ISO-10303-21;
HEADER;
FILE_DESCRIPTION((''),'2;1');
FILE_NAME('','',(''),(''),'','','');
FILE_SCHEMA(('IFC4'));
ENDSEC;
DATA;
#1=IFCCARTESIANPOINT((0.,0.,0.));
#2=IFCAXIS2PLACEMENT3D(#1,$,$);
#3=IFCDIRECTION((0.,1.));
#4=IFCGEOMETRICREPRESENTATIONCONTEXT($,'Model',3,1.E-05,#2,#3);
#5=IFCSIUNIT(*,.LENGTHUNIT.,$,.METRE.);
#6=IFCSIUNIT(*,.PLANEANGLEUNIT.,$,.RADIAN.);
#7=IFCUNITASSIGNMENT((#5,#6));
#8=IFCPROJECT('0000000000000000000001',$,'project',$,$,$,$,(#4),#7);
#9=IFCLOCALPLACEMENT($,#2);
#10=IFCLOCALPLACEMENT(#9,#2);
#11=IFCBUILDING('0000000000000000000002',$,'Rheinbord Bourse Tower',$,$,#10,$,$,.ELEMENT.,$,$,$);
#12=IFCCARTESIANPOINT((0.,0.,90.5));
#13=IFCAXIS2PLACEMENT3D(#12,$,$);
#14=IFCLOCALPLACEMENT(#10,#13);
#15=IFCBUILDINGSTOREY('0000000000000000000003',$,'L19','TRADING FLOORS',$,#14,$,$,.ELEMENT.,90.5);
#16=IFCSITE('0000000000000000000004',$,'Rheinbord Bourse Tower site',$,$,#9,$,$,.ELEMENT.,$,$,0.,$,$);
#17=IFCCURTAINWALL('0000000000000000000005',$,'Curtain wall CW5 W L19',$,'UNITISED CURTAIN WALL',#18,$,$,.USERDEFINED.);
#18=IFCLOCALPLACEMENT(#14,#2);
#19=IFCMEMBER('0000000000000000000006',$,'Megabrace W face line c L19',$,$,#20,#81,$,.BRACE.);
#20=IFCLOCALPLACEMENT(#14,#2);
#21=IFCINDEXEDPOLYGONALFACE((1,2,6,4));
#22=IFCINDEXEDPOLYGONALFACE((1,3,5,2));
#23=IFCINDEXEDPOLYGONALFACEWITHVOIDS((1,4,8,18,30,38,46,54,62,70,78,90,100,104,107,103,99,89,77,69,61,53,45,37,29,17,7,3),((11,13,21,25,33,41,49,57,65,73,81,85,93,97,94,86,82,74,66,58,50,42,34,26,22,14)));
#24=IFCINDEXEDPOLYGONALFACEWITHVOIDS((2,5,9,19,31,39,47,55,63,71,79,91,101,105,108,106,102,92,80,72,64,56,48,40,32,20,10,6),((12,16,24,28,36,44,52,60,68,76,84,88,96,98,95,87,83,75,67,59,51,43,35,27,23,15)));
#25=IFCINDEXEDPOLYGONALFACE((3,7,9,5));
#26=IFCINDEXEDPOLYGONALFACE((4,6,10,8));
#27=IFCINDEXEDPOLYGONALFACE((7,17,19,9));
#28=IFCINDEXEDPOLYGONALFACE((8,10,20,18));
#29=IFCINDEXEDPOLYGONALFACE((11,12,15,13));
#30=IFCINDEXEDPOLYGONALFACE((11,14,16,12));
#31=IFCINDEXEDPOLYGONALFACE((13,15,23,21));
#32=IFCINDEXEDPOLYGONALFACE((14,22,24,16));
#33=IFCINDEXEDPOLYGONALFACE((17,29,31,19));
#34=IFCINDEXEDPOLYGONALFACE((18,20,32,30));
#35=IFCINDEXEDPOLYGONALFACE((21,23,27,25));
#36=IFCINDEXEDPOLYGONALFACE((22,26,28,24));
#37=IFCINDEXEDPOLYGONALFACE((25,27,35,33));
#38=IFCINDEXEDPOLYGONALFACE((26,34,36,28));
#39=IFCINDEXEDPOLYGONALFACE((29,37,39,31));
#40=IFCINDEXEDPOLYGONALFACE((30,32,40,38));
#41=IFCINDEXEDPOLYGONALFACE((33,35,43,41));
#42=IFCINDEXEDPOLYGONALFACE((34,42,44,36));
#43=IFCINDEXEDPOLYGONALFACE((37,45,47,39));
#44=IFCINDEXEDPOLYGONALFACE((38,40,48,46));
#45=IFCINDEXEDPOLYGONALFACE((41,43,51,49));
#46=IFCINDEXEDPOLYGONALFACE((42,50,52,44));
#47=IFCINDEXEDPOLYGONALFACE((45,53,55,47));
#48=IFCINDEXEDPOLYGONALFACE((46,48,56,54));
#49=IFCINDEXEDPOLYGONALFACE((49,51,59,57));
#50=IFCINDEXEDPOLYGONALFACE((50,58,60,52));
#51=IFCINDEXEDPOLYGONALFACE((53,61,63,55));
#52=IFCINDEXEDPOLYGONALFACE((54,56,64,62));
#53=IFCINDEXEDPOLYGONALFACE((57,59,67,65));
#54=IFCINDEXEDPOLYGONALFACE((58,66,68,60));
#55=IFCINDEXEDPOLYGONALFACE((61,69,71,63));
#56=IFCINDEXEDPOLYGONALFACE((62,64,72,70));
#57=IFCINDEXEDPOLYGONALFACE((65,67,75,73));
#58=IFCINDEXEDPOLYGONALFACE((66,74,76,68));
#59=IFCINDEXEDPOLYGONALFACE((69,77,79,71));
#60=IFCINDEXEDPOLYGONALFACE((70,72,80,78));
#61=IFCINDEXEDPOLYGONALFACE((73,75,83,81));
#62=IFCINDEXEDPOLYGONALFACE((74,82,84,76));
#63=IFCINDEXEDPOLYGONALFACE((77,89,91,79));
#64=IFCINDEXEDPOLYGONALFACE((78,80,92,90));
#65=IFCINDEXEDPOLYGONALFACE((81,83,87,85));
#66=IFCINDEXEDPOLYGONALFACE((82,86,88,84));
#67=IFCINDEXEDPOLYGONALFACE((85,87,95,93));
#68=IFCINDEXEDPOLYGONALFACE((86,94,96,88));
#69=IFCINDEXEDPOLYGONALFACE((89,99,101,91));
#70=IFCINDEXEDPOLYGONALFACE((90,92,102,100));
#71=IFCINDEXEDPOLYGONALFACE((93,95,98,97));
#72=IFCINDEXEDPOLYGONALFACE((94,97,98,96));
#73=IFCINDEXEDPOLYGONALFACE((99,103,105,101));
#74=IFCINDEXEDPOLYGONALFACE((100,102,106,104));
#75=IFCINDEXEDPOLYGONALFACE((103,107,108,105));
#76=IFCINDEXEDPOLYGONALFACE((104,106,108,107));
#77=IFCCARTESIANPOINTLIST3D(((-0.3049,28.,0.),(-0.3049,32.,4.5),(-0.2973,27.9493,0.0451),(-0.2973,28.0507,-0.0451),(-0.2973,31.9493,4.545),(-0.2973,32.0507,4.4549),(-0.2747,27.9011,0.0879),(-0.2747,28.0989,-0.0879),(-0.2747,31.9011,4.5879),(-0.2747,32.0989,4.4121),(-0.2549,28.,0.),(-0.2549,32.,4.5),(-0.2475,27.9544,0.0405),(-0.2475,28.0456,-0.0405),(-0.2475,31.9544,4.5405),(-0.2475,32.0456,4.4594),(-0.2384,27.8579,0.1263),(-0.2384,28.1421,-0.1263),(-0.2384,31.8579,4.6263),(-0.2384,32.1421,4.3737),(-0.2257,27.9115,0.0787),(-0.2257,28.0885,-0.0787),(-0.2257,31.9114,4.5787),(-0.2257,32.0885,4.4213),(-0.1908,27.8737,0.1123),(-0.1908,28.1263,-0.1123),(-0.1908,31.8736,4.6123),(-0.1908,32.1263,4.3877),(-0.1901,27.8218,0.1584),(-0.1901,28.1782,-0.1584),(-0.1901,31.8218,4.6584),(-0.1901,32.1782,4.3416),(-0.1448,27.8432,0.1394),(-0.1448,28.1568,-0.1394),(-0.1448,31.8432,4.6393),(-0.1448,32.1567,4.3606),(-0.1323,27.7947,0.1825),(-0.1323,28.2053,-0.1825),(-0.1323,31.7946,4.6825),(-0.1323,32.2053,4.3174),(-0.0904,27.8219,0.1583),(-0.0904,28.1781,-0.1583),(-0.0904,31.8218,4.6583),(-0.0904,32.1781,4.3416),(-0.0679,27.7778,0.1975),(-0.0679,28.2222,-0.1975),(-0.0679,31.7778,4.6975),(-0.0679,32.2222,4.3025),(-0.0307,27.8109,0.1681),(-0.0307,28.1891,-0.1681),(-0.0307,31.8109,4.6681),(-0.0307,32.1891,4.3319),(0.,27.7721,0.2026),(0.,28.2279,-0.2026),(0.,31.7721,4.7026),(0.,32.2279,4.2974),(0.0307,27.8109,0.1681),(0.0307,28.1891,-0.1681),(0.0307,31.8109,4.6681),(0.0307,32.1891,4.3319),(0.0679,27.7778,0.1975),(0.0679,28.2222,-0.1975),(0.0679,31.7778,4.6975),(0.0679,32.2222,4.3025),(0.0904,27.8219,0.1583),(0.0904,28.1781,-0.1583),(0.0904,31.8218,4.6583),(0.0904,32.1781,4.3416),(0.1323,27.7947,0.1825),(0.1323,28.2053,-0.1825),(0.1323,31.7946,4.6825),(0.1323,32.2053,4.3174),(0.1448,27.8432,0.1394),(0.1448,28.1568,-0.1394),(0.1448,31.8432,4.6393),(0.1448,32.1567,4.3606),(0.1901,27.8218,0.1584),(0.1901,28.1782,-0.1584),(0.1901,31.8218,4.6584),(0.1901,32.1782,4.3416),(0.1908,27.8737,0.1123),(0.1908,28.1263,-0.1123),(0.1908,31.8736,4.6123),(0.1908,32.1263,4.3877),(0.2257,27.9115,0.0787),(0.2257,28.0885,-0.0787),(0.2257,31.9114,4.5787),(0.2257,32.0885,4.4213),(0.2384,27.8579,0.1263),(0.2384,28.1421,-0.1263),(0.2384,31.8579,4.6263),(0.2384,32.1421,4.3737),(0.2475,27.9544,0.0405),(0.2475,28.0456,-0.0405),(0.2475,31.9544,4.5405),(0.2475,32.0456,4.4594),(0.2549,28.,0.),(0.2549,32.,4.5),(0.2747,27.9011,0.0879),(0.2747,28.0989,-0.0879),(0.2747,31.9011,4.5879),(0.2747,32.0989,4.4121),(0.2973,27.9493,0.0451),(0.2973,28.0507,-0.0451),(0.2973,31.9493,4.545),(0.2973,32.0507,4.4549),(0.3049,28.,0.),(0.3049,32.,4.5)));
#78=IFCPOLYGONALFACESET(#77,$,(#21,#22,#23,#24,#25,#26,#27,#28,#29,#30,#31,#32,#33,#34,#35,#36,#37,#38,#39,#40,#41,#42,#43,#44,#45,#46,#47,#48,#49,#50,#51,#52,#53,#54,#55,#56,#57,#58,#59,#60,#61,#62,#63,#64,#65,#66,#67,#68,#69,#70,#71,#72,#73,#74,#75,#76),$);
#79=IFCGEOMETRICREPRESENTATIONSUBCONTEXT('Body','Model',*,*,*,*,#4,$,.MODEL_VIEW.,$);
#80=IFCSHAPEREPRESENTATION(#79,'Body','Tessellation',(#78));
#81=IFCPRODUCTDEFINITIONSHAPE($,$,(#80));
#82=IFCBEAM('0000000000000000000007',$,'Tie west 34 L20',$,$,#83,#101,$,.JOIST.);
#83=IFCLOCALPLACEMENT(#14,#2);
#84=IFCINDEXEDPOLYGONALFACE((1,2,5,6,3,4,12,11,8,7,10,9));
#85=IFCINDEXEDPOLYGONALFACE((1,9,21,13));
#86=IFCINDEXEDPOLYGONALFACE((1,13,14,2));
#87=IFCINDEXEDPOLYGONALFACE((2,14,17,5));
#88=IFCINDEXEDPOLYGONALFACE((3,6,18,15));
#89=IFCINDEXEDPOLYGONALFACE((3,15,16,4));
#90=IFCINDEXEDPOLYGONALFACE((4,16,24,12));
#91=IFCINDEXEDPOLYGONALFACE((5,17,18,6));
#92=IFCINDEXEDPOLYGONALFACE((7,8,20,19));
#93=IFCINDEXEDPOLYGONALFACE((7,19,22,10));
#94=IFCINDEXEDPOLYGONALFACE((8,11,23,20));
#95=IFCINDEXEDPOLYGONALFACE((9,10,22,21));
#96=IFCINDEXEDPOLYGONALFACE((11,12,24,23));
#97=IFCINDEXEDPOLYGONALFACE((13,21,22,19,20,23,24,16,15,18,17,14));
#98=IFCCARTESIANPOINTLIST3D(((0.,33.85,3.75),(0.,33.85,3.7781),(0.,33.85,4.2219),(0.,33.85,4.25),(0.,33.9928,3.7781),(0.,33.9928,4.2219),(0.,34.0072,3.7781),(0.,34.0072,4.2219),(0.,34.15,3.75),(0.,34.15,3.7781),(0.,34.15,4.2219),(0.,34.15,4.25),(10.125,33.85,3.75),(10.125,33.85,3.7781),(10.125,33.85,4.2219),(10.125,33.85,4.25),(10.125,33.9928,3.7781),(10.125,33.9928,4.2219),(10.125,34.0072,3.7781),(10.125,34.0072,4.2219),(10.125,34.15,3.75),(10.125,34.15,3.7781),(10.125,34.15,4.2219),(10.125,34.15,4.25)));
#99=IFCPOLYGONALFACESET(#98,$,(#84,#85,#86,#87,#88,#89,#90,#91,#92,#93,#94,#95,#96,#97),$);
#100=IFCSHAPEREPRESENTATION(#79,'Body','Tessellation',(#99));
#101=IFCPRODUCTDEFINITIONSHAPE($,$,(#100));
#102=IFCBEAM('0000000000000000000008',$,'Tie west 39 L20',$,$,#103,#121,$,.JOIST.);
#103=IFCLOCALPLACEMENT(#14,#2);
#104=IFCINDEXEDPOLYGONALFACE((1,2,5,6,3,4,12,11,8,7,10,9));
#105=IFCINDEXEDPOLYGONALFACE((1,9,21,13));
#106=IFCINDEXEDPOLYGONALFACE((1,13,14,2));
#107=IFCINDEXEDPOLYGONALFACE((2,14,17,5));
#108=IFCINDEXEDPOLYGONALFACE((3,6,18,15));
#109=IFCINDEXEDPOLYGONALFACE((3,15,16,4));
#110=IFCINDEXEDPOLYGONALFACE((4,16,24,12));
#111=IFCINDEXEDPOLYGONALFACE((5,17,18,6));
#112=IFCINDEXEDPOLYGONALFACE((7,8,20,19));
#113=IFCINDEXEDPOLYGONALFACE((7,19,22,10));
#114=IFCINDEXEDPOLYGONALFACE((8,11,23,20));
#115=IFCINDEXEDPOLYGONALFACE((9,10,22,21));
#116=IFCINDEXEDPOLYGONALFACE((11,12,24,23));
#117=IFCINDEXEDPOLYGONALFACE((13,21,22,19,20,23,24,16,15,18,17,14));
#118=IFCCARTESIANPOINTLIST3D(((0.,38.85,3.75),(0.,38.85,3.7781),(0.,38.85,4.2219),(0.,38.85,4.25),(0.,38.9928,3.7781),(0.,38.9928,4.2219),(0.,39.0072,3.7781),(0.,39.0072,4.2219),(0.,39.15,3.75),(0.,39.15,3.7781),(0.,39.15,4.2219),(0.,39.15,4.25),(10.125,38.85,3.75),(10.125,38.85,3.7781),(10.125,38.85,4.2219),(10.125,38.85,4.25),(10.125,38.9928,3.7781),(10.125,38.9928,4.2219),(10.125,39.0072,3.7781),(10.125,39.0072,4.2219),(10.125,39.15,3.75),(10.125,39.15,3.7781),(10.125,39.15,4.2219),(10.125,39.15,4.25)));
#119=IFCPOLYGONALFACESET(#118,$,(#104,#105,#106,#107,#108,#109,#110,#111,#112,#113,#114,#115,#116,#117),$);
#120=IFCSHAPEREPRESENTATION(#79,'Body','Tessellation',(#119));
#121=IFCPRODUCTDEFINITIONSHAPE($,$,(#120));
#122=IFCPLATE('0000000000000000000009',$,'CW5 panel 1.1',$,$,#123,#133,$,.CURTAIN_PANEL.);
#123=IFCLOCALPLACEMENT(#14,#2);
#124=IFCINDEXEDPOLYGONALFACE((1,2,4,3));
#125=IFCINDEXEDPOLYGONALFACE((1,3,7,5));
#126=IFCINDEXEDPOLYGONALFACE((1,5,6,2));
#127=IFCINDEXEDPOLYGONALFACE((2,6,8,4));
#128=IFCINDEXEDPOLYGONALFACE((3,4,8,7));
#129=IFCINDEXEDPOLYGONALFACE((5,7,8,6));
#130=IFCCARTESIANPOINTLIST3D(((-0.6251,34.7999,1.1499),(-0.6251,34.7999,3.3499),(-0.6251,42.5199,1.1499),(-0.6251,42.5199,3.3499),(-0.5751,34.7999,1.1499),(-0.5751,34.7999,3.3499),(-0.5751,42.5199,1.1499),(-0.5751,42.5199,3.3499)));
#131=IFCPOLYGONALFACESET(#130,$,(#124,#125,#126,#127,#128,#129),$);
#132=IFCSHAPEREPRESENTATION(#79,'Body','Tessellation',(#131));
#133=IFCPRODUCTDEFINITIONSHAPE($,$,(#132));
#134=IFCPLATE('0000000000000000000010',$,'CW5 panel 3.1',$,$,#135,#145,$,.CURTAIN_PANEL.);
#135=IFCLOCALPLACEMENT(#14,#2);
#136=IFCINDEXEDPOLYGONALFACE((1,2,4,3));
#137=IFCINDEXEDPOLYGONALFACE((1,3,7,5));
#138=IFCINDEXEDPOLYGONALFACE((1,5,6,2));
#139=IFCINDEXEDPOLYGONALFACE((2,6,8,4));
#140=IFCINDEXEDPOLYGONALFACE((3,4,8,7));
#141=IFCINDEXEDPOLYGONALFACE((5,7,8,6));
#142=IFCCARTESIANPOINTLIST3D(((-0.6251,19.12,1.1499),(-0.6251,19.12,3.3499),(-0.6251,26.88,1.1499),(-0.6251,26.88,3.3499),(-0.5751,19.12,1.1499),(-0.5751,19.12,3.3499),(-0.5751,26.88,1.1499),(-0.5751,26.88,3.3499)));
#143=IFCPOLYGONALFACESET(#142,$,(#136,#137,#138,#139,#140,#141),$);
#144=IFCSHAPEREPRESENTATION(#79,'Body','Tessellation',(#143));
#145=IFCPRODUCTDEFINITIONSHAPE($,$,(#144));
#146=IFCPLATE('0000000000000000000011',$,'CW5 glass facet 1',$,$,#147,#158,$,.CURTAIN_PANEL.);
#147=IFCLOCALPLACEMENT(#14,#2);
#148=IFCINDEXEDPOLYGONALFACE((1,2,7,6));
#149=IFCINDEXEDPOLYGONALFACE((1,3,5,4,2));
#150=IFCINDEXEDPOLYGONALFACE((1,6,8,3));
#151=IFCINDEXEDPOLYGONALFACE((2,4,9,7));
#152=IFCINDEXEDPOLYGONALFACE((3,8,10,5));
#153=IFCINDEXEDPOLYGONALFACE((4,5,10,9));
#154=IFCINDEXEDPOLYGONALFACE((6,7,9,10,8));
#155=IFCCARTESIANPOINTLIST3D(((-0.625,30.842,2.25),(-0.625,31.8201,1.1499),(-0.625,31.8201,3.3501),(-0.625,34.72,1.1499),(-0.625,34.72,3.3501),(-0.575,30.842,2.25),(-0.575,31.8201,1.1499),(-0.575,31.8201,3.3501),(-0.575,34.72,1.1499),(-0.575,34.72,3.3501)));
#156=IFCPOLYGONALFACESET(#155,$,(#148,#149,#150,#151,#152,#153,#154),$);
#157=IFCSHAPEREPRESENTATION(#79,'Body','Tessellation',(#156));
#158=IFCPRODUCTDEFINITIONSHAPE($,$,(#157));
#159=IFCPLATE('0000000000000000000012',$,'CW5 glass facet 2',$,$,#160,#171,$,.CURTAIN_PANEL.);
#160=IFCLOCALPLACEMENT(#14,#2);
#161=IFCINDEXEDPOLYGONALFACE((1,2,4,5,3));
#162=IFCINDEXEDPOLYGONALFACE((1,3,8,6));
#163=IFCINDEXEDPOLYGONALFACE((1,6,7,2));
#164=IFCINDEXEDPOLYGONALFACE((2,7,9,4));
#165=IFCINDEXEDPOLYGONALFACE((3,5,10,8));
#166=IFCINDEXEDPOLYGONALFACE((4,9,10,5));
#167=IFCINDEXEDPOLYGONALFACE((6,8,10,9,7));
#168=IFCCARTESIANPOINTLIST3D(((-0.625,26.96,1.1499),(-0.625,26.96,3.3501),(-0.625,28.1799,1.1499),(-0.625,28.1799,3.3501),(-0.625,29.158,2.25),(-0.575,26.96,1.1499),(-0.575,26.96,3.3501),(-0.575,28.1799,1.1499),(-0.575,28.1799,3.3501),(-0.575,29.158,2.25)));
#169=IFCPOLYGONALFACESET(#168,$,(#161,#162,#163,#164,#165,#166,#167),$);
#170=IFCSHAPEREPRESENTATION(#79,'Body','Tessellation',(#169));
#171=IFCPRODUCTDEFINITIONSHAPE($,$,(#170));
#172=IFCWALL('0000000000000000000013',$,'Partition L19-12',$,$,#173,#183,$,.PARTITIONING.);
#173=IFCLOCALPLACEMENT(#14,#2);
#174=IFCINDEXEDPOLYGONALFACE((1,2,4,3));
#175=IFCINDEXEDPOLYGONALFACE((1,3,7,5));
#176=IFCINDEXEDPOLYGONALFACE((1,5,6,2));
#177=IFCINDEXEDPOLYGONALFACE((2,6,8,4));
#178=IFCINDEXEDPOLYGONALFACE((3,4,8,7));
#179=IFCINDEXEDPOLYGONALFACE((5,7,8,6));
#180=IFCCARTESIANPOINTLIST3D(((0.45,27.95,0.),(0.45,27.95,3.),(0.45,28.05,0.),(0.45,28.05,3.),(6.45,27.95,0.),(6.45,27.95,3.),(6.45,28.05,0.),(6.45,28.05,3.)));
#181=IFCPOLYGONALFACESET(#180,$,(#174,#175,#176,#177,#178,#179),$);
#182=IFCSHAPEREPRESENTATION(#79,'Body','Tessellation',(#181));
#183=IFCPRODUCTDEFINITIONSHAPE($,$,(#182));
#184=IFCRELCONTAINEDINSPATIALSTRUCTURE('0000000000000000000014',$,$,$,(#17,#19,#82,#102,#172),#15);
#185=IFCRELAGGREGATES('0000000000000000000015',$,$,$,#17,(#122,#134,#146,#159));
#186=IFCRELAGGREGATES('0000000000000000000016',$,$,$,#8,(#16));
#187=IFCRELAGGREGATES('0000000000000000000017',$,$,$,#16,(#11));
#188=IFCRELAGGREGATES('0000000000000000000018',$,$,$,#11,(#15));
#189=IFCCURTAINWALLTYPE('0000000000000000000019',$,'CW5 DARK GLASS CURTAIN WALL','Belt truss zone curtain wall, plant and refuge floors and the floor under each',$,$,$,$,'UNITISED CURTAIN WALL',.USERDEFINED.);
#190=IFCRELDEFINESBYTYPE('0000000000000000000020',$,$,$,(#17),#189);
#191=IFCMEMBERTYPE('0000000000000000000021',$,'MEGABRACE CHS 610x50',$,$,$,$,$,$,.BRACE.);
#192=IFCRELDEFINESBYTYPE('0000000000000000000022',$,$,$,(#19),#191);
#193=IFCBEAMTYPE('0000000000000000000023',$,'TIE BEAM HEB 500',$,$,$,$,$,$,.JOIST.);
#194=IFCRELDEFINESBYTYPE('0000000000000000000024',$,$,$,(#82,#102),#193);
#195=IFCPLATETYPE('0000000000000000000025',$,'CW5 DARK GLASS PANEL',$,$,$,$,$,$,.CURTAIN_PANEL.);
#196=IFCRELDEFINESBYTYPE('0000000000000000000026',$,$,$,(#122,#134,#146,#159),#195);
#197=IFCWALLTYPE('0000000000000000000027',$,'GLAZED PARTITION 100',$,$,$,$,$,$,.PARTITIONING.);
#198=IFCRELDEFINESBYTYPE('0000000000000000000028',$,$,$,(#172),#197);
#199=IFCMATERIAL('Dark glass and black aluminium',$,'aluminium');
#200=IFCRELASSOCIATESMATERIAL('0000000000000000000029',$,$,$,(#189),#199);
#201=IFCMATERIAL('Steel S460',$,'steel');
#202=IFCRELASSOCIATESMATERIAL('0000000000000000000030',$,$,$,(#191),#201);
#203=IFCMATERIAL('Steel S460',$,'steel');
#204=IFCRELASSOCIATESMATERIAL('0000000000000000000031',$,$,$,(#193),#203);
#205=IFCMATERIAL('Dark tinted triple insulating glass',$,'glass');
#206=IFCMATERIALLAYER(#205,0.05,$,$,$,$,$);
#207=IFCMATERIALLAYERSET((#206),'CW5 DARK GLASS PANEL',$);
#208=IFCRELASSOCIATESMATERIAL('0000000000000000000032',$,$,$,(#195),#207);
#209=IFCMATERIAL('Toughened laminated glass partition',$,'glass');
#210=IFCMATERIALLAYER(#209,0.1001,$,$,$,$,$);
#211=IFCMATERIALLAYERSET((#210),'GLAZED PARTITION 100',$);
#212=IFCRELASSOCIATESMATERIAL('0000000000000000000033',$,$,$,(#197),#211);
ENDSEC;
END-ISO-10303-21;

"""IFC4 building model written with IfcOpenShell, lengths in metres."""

from ifc_helpers import new_model, si_unit, direction, frame, frame_2d, origin, origin_2d, place, context, subcontext, project, spatial, polyline, rectangle, hollow_circle, i_section, outline, extrude, material, layer, layer_set, material_profile, profile_set, type_object, element, aggregate, save


model = new_model("IFC4")

# Units and contexts
model_context = context("Model", 3, precision=1e-05, world=origin(), true_north=direction((0.0, 1.0)))
body_context = subcontext(model_context, "Body", "Model", "MODEL_VIEW")
ifc_project = project(units=[si_unit("LENGTHUNIT", "METRE"), si_unit("PLANEANGLEUNIT", "RADIAN")], contexts=[model_context])

# Site, building, storey
site_placement = place(None, origin())
site = spatial("IfcSite", under=ifc_project, at=site_placement, Name="Rheinbord Bourse Tower site", CompositionType="ELEMENT", RefElevation=0.0)
building_placement = place(site_placement, origin())
building = spatial("IfcBuilding", under=site, at=building_placement, Name="Rheinbord Bourse Tower", CompositionType="ELEMENT")
storey_placement = place(building_placement, frame((0.0, 0.0, 90.5)))
storey = spatial("IfcBuildingStorey", under=building, at=storey_placement, Name="L19", Description="TRADING FLOORS", CompositionType="ELEMENT", Elevation=90.5)

# Curtain wall
ifc_material_1 = material(Name="Dark glass and black aluminium", Category="aluminium")
curtain_wall_type = type_object("IfcCurtainWallType", Name="CW5 DARK GLASS CURTAIN WALL", Description="Belt truss zone curtain wall, plant and refuge floors and the floor under each", ElementType="UNITISED CURTAIN WALL", PredefinedType="USERDEFINED", material=ifc_material_1)
curtain_wall_placement = place(storey_placement, origin())
curtain_wall = element("IfcCurtainWall", 1, at=curtain_wall_placement, inside=storey, type_object=curtain_wall_type, Name="Curtain wall CW5 W L19", ObjectType="UNITISED CURTAIN WALL", PredefinedType="USERDEFINED")

# Member
ifc_material_2 = material(Name="Steel S460", Category="steel")
ifc_material_profile_1 = material_profile(ifc_material_2, hollow_circle(Radius=0.3049, WallThickness=0.05, at=origin_2d()), Name="CHS 610x50")
ifc_profile_set_1 = profile_set([ifc_material_profile_1], Name="Steel S460")
member_type_1 = type_object("IfcMemberType", Name="MEGABRACE CHS 610x50", PredefinedType="BRACE", material=ifc_profile_set_1)
for number, where, z_axis, x_axis, name in (
    (2, (0.0, 28.0, 0.0), (0.0, 0.664364, 0.747409), (-1.0, 0.0, 0.0), "Megabrace W face line c L19"),
):
    element("IfcMember", number, at=place(storey_placement, frame(where, z_axis=z_axis, x_axis=x_axis)), inside=storey, type_object=member_type_1, Name=name, PredefinedType="BRACE", context=body_context, shape_type="SweptSolid", body=[
        extrude(hollow_circle(Radius=0.3049, WallThickness=0.05, at=origin_2d()), origin(), (0.0, 0.0, 1.0), 6.0208),
    ])

# Beams
ifc_material_3 = material(Name="Steel S460", Category="steel")
ifc_material_profile_2 = material_profile(ifc_material_3, i_section(OverallWidth=0.3, OverallDepth=0.5, WebThickness=0.0144, FlangeThickness=0.0281, at=origin_2d()), Name="HEB 500")
ifc_profile_set_2 = profile_set([ifc_material_profile_2], Name="Steel S460")
beam_type_1 = type_object("IfcBeamType", Name="TIE BEAM HEB 500", PredefinedType="JOIST", material=ifc_profile_set_2)
for number, where, z_axis, x_axis, name in (
    (3, (0.0, 34.0, 4.0), (1.0, 0.0, 0.0), (0.0, 1.0, 0.0), "Tie west 34 L20"),
    (4, (0.0, 39.0, 4.0), (1.0, 0.0, 0.0), (0.0, 1.0, 0.0), "Tie west 39 L20"),
):
    element("IfcBeam", number, at=place(storey_placement, frame(where, z_axis=z_axis, x_axis=x_axis)), inside=storey, type_object=beam_type_1, Name=name, PredefinedType="JOIST", context=body_context, shape_type="SweptSolid", body=[
        extrude(i_section(OverallWidth=0.3, OverallDepth=0.5, WebThickness=0.0144, FlangeThickness=0.0281, at=origin_2d()), origin(), (0.0, 0.0, 1.0), 10.125),
    ])

# Plates
ifc_material_4 = material(Name="Dark tinted triple insulating glass", Category="glass")
ifc_layer_1 = layer(ifc_material_4, 0.05)
ifc_layer_set_1 = layer_set([ifc_layer_1], Name="CW5 DARK GLASS PANEL")
plate_type = type_object("IfcPlateType", Name="CW5 DARK GLASS PANEL", PredefinedType="CURTAIN_PANEL", material=ifc_layer_set_1)
plate_1_placement = place(storey_placement, frame((-0.6001, 38.6599, 1.1499), z_axis=(0.0, 0.0, 1.0), x_axis=(0.0, -1.0, 0.0)))
plate_1 = element("IfcPlate", 5, at=plate_1_placement, type_object=plate_type, Name="CW5 panel 1.1", PredefinedType="CURTAIN_PANEL", context=body_context, shape_type="SweptSolid", body=[
    extrude(rectangle(XDim=7.72, YDim=0.05, at=origin_2d()), origin(), (0.0, 0.0, 1.0), 2.2),
])
plate_2_placement = place(storey_placement, frame((-0.6001, 23.0, 1.1499), z_axis=(0.0, 0.0, 1.0), x_axis=(0.0, -1.0, 0.0)))
plate_2 = element("IfcPlate", 6, at=plate_2_placement, type_object=plate_type, Name="CW5 panel 3.1", PredefinedType="CURTAIN_PANEL", context=body_context, shape_type="SweptSolid", body=[
    extrude(rectangle(XDim=7.76, YDim=0.05, at=origin_2d()), origin(), (0.0, 0.0, 1.0), 2.2),
])
plate_3_placement = place(storey_placement, frame((-0.625, 34.72, 1.1499), z_axis=(1.0, 0.0, 0.0), x_axis=(0.0, 0.0, 1.0)))
plate_3 = element("IfcPlate", 7, at=plate_3_placement, type_object=plate_type, Name="CW5 glass facet 1", PredefinedType="CURTAIN_PANEL", context=body_context, shape_type="SweptSolid", body=[
    extrude(outline(polyline([(0.0, 0.0), (2.2002, 0.0), (2.2002, 2.8999), (1.1001, 3.8779), (0.0, 2.8999), (0.0, 0.0)])), origin(), (0.0, 0.0, 1.0), 0.05),
])
plate_4_placement = place(storey_placement, frame((-0.625, 26.96, 3.3501), z_axis=(1.0, 0.0, 0.0), x_axis=(0.0, 0.0, -1.0)))
plate_4 = element("IfcPlate", 8, at=plate_4_placement, type_object=plate_type, Name="CW5 glass facet 2", PredefinedType="CURTAIN_PANEL", context=body_context, shape_type="SweptSolid", body=[
    extrude(outline(polyline([(0.0, 0.0), (2.2002, 0.0), (2.2002, 1.22), (1.1001, 2.198), (0.0, 1.22), (0.0, 0.0)])), origin(), (0.0, 0.0, 1.0), 0.05),
])
aggregate(curtain_wall, [plate_1, plate_2, plate_3, plate_4])

# Wall
ifc_material_5 = material(Name="Toughened laminated glass partition", Category="glass")
ifc_layer_2 = layer(ifc_material_5, 0.1001)
ifc_layer_set_2 = layer_set([ifc_layer_2], Name="GLAZED PARTITION 100")
wall_type_1 = type_object("IfcWallType", Name="GLAZED PARTITION 100", PredefinedType="PARTITIONING", material=ifc_layer_set_2)
wall_1_placement = place(storey_placement, frame((0.45, 28.0, 0.0), z_axis=(0.0, 0.0, 1.0), x_axis=(1.0, 0.0, 0.0)))
element("IfcWall", 9, at=wall_1_placement, inside=storey, type_object=wall_type_1, Name="Partition L19-12", PredefinedType="PARTITIONING", context=body_context, shape_type="SweptSolid", body=[
    extrude(rectangle(XDim=6.0, YDim=0.1001, at=frame_2d((3.0, 0.0))), origin(), (0.0, 0.0, 1.0), 3.0),
])

save(model, "model.ifc")
